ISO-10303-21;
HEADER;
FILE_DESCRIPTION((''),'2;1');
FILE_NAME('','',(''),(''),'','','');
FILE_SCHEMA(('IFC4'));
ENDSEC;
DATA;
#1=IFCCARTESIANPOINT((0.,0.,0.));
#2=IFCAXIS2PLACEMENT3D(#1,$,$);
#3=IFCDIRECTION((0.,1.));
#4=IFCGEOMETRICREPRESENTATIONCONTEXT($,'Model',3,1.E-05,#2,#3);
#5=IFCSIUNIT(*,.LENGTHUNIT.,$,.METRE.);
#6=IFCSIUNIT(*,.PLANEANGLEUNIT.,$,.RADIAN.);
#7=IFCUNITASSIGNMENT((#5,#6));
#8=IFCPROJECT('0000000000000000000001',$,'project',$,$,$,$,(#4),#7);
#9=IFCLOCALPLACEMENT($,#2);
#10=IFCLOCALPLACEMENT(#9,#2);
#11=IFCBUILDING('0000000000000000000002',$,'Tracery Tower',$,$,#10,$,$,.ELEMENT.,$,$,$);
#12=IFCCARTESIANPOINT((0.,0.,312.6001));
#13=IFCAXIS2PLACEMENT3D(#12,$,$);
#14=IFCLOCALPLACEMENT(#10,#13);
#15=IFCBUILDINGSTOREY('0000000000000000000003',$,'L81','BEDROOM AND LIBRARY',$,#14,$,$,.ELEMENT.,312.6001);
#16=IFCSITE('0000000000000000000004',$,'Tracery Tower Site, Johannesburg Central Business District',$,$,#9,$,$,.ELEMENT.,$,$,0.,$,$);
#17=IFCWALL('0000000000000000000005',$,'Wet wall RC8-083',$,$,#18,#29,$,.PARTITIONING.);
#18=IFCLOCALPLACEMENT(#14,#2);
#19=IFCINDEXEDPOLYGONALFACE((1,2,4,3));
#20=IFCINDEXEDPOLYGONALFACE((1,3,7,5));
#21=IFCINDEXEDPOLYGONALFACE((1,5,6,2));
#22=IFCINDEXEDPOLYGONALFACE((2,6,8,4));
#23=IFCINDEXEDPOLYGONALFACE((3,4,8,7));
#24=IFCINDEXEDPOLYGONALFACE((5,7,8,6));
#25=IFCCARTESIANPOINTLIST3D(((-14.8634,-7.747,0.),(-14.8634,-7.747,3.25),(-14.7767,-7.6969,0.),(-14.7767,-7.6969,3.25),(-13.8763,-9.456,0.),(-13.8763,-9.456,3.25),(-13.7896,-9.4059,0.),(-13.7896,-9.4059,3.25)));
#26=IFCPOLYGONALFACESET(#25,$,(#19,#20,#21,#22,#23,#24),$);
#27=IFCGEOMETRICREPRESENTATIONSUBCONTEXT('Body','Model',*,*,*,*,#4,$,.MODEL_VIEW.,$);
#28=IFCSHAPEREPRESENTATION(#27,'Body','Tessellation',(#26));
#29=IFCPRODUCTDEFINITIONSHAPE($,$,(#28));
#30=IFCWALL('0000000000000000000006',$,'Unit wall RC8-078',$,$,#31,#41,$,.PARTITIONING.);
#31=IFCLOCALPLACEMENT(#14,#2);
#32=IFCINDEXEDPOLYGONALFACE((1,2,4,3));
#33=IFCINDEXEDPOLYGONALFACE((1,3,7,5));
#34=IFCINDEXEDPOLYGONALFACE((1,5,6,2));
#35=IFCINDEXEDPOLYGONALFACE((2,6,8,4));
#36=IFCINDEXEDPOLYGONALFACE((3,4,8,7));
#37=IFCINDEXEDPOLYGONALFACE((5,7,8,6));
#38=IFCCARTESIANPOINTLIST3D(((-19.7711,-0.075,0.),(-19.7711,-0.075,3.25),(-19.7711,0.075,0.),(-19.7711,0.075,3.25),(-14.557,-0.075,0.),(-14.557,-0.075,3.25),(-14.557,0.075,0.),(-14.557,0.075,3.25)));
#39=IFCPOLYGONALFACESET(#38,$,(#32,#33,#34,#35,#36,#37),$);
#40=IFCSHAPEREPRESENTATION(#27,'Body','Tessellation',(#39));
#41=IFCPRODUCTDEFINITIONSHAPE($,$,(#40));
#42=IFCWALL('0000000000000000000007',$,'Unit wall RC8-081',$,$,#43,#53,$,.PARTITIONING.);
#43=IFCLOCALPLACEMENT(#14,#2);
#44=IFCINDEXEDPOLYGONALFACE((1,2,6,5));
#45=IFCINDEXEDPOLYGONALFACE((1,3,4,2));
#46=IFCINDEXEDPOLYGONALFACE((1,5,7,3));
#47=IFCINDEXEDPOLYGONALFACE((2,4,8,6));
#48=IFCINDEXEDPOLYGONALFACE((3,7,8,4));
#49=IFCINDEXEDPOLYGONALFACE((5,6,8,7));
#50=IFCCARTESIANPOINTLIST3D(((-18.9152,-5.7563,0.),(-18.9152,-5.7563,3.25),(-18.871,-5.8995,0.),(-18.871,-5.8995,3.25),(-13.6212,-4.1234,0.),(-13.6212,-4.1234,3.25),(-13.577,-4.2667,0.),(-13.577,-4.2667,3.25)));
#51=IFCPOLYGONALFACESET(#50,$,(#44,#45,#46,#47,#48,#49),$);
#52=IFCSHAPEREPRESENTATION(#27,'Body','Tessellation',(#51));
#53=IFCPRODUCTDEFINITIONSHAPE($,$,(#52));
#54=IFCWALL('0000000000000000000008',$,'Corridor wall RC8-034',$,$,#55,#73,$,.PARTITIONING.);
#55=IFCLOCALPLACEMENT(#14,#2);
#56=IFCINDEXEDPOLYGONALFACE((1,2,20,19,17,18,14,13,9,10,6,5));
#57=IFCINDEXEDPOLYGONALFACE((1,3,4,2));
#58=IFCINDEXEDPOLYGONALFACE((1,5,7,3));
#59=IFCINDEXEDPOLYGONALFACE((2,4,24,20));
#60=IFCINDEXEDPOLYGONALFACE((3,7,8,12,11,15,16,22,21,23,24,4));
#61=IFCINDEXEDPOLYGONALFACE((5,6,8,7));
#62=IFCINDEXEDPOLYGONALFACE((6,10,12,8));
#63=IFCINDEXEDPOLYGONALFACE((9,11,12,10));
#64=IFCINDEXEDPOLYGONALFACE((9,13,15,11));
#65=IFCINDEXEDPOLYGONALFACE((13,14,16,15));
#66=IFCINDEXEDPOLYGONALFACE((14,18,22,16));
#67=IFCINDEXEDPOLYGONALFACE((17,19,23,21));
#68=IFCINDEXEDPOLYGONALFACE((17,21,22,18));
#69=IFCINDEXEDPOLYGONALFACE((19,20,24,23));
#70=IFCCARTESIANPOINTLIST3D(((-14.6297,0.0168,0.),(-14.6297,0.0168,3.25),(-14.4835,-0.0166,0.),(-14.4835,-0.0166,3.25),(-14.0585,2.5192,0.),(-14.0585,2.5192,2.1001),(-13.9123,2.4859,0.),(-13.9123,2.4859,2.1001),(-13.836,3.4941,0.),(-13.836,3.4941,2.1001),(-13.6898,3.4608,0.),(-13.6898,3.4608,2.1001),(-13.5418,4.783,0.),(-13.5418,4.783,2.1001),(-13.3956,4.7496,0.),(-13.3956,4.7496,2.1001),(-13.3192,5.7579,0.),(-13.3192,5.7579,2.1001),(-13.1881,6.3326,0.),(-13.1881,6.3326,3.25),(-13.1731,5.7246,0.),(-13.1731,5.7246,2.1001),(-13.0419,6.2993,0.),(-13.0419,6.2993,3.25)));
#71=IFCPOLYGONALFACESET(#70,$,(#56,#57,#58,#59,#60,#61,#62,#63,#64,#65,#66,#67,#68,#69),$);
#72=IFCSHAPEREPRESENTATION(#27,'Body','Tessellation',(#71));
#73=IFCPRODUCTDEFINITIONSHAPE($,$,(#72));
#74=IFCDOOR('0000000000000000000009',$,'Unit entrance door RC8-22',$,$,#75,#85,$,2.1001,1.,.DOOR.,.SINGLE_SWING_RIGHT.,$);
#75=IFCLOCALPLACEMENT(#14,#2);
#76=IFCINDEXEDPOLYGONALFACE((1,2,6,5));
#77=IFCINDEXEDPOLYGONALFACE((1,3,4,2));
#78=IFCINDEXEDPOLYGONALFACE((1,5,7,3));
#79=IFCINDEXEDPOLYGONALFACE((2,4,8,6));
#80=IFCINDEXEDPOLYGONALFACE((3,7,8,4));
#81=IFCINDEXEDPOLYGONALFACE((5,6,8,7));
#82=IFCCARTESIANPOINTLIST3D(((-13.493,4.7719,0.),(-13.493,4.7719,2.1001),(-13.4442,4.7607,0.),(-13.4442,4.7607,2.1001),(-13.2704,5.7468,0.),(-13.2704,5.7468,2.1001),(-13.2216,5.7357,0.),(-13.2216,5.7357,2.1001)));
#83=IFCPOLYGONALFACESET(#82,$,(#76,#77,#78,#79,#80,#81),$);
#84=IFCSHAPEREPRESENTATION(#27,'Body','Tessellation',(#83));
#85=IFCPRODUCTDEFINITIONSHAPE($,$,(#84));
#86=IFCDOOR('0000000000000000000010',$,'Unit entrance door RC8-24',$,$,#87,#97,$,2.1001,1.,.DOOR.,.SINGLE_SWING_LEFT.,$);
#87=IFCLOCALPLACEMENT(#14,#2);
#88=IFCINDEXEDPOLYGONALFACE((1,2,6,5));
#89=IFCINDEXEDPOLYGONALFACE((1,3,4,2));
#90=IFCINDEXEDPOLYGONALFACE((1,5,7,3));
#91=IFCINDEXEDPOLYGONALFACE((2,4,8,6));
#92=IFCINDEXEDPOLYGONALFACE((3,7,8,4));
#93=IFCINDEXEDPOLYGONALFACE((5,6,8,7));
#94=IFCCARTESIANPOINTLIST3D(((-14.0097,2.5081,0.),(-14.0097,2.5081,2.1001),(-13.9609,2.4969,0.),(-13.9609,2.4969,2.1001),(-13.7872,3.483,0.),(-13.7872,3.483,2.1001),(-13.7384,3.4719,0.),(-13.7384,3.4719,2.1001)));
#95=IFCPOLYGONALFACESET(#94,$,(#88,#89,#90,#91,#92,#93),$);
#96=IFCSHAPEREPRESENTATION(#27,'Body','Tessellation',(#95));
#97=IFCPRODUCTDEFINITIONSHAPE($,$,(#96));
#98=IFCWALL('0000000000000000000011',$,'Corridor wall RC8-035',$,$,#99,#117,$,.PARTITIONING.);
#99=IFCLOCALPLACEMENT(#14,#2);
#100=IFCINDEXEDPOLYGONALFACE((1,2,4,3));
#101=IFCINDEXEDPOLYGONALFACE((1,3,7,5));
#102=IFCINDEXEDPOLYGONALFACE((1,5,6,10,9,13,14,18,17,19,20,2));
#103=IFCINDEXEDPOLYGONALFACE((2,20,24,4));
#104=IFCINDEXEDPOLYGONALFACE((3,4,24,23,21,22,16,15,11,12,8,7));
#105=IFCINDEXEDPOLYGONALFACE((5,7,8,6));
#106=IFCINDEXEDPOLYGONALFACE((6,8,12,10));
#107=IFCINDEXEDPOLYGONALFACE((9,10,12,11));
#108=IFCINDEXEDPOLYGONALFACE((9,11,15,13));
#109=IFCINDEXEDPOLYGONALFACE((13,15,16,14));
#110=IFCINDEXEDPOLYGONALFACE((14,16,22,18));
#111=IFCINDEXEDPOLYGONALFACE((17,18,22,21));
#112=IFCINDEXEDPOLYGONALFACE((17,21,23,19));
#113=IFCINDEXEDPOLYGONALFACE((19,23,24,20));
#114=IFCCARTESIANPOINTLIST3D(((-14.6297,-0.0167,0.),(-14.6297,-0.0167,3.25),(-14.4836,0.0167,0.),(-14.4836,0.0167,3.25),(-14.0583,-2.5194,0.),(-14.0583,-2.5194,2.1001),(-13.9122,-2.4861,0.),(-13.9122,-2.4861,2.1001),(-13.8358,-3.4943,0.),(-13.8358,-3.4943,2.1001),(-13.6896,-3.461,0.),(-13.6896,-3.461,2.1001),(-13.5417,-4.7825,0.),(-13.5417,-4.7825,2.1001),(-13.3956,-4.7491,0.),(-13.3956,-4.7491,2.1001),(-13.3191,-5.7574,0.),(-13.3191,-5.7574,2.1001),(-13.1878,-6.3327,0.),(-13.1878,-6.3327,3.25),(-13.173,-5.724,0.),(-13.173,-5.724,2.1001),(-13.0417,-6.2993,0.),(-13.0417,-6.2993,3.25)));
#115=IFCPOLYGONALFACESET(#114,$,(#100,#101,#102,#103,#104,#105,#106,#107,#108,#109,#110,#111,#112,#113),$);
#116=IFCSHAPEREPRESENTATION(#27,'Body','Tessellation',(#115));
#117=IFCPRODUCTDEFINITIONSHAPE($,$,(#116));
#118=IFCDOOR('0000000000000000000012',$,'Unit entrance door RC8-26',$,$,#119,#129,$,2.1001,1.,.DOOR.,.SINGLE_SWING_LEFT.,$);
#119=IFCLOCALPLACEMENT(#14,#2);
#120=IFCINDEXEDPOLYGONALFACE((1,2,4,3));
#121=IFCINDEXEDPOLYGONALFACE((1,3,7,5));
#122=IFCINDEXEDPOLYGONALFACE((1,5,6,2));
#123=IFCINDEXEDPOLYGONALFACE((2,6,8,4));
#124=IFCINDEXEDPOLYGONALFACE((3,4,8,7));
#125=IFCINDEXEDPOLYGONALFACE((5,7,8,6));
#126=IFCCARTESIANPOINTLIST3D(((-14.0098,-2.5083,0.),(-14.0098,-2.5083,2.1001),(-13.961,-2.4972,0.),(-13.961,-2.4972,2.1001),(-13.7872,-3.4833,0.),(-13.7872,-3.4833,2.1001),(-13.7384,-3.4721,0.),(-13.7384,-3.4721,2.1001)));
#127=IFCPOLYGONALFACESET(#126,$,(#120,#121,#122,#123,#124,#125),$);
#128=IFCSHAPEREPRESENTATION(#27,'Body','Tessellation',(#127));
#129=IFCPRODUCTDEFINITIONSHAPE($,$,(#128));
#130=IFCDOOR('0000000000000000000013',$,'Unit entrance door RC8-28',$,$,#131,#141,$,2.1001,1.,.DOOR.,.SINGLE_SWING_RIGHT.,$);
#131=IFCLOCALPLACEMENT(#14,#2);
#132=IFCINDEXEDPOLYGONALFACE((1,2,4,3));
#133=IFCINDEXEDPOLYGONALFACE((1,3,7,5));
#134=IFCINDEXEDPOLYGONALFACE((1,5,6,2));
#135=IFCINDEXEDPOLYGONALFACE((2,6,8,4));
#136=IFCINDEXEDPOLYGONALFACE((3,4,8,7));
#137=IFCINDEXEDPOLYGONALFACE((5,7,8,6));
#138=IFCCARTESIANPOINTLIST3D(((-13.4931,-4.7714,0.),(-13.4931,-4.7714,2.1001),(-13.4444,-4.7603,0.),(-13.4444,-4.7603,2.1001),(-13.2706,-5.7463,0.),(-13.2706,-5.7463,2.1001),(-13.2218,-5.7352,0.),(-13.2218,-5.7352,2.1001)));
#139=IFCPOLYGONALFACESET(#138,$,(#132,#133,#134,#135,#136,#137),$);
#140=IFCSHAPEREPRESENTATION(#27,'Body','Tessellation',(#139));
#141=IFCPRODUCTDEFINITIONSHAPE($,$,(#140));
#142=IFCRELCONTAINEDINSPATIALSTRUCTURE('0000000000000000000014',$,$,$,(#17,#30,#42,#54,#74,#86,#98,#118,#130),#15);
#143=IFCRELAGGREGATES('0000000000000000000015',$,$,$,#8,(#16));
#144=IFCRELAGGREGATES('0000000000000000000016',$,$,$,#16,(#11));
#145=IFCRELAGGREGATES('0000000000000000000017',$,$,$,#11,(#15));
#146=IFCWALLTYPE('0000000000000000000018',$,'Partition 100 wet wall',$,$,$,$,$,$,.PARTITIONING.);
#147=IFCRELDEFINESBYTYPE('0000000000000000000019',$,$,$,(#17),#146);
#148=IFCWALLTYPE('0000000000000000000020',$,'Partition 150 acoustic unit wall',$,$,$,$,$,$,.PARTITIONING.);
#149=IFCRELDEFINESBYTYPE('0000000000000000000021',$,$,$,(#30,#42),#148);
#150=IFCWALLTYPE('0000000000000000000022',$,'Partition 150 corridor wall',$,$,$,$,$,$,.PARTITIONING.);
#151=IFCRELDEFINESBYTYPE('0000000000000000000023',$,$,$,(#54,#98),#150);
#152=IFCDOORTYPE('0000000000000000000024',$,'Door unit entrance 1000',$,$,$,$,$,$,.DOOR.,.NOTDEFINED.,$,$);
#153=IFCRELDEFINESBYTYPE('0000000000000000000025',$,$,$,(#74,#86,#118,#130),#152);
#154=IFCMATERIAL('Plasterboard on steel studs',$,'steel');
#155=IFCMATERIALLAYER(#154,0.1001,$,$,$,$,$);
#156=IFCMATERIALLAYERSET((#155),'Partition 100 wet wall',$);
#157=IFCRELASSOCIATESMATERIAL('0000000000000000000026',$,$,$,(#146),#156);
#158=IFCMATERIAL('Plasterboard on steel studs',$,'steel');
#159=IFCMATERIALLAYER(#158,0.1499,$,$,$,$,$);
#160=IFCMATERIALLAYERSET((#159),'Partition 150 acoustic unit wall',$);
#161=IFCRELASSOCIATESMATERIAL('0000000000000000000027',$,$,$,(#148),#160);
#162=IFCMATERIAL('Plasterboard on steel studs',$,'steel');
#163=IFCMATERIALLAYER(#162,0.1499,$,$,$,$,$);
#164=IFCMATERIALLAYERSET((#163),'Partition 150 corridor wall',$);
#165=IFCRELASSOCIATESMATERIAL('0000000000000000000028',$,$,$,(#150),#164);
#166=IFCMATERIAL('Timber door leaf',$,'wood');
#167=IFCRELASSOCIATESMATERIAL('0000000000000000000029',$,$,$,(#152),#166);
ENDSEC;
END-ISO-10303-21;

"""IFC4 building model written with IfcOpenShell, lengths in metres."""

from ifc_helpers import new_model, si_unit, direction, frame, frame_2d, origin, place, context, subcontext, project, spatial, rectangle, extrude, material, layer, layer_set, type_object, element, fill, save


model = new_model("IFC4")

# Units and contexts
model_context = context("Model", 3, precision=1e-05, world=origin(), true_north=direction((0.0, 1.0)))
body_context = subcontext(model_context, "Body", "Model", "MODEL_VIEW")
ifc_project = project(units=[si_unit("LENGTHUNIT", "METRE"), si_unit("PLANEANGLEUNIT", "RADIAN")], contexts=[model_context])

# Site, building, storey
site_placement = place(None, origin())
site = spatial("IfcSite", under=ifc_project, at=site_placement, Name="Tracery Tower Site, Johannesburg Central Business District", CompositionType="ELEMENT", RefElevation=0.0)
building_placement = place(site_placement, origin())
building = spatial("IfcBuilding", under=site, at=building_placement, Name="Tracery Tower", CompositionType="ELEMENT")
storey_placement = place(building_placement, frame((0.0, 0.0, 312.6001)))
storey = spatial("IfcBuildingStorey", under=building, at=storey_placement, Name="L81", Description="BEDROOM AND LIBRARY", CompositionType="ELEMENT", Elevation=312.6001)

# Shared definitions
ifc_material_1 = material(Name="Plasterboard on steel studs", Category="steel")
ifc_layer_1 = layer(ifc_material_1, 0.1001)
ifc_layer_set_1 = layer_set([ifc_layer_1], Name="Partition 100 wet wall")
wall_type_1 = type_object("IfcWallType", Name="Partition 100 wet wall", PredefinedType="PARTITIONING", material=ifc_layer_set_1)

# Walls
wall_1_placement = place(storey_placement, frame((-14.8201, -7.7219, 0.0), z_axis=(0.0, 0.0, 1.0), x_axis=(0.500144, -0.865942, 0.0)))
element("IfcWall", 1, at=wall_1_placement, inside=storey, type_object=wall_type_1, Name="Wet wall RC8-083", PredefinedType="PARTITIONING", context=body_context, shape_type="SweptSolid", body=[
    extrude(rectangle(XDim=1.9736, YDim=0.1001, at=frame_2d((0.9868, 0.0))), origin(), (0.0, 0.0, 1.0), 3.25),
])
ifc_material_2 = material(Name="Plasterboard on steel studs", Category="steel")
ifc_layer_2 = layer(ifc_material_2, 0.1499)
ifc_layer_set_2 = layer_set([ifc_layer_2], Name="Partition 150 acoustic unit wall")
wall_type_2 = type_object("IfcWallType", Name="Partition 150 acoustic unit wall", PredefinedType="PARTITIONING", material=ifc_layer_set_2)
wall_2_placement = place(storey_placement, frame((-19.771, 0.0, 0.0), z_axis=(0.0, 0.0, 1.0), x_axis=(1.0, 0.0, 0.0)))
element("IfcWall", 2, at=wall_2_placement, inside=storey, type_object=wall_type_2, Name="Unit wall RC8-078", PredefinedType="PARTITIONING", context=body_context, shape_type="SweptSolid", body=[
    extrude(rectangle(XDim=5.2141, YDim=0.1499, at=frame_2d((2.6069, 0.0))), origin(), (0.0, 0.0, 1.0), 3.25),
])
wall_3_placement = place(storey_placement, frame((-18.8931, -5.8279, 0.0), z_axis=(0.0, 0.0, 1.0), x_axis=(0.955581, 0.29473, 0.0)))
element("IfcWall", 3, at=wall_3_placement, inside=storey, type_object=wall_type_2, Name="Unit wall RC8-081", PredefinedType="PARTITIONING", context=body_context, shape_type="SweptSolid", body=[
    extrude(rectangle(XDim=5.54, YDim=0.1499, at=frame_2d((2.77, 0.0))), origin(), (0.0, 0.0, 1.0), 3.25),
])

# Walls, openings, doors
ifc_material_3 = material(Name="Plasterboard on steel studs", Category="steel")
ifc_layer_3 = layer(ifc_material_3, 0.1499)
ifc_layer_set_3 = layer_set([ifc_layer_3], Name="Partition 150 corridor wall")
wall_type_3 = type_object("IfcWallType", Name="Partition 150 corridor wall", PredefinedType="PARTITIONING", material=ifc_layer_set_3)
wall_4_placement = place(storey_placement, frame((-14.5566, 0.0, 0.0), z_axis=(0.0, 0.0, 1.0), x_axis=(0.222533, 0.974925, 0.0)))
wall_4 = element("IfcWall", 4, at=wall_4_placement, inside=storey, type_object=wall_type_3, Name="Corridor wall RC8-034", PredefinedType="PARTITIONING", context=body_context, shape_type="SweptSolid", body=[
    extrude(rectangle(XDim=6.4783, YDim=0.1499, at=frame_2d((3.2393, 0.0))), origin(), (0.0, 0.0, 1.0), 3.25),
])
opening_1_placement = place(wall_4_placement, frame((4.8889, 0.0, 0.0)))
opening_1 = element("IfcOpeningElement", 5, at=opening_1_placement, cuts=wall_4, PredefinedType="OPENING", context=body_context, shape_type="SweptSolid", body=[
    extrude(rectangle(XDim=1.0, YDim=2.1001, at=frame_2d((0.5, 1.05))), frame((0.0, 0.075, 0.0), z_axis=(0.0, -1.0, 0.0), x_axis=(1.0, 0.0, 0.0)), (0.0, 0.0, 1.0), 0.1499),
])
opening_2_placement = place(wall_4_placement, frame((2.5669, 0.0, 0.0)))
opening_2 = element("IfcOpeningElement", 6, at=opening_2_placement, cuts=wall_4, PredefinedType="OPENING", context=body_context, shape_type="SweptSolid", body=[
    extrude(rectangle(XDim=1.0, YDim=2.1001, at=frame_2d((0.5, 1.05))), frame((0.0, 0.075, 0.0), z_axis=(0.0, -1.0, 0.0), x_axis=(1.0, 0.0, 0.0)), (0.0, 0.0, 1.0), 0.1499),
])
ifc_material_4 = material(Name="Timber door leaf", Category="wood")
door_type_1 = type_object("IfcDoorType", Name="Door unit entrance 1000", OperationType="NOTDEFINED", PredefinedType="DOOR", material=ifc_material_4)
door_1_placement = place(opening_1_placement, origin())
door_1 = element("IfcDoor", 7, at=door_1_placement, inside=storey, type_object=door_type_1, Name="Unit entrance door RC8-22", OperationType="SINGLE_SWING_RIGHT", OverallHeight=2.1001, OverallWidth=1.0, PredefinedType="DOOR", context=body_context, shape_type="SweptSolid", body=[
    extrude(rectangle(XDim=1.0, YDim=2.1001, at=frame_2d((0.5, 1.05))), frame((0.0, 0.0249, 0.0), z_axis=(0.0, -1.0, 0.0), x_axis=(1.0, 0.0, 0.0)), (0.0, 0.0, 1.0), 0.05),
])
fill(opening_1, door_1)
door_2_placement = place(opening_2_placement, origin())
door_2 = element("IfcDoor", 8, at=door_2_placement, inside=storey, type_object=door_type_1, Name="Unit entrance door RC8-24", OperationType="SINGLE_SWING_LEFT", OverallHeight=2.1001, OverallWidth=1.0, PredefinedType="DOOR", context=body_context, shape_type="SweptSolid", body=[
    extrude(rectangle(XDim=1.0, YDim=2.1001, at=frame_2d((0.5, 1.05))), frame((0.0, 0.0249, 0.0), z_axis=(0.0, -1.0, 0.0), x_axis=(1.0, 0.0, 0.0)), (0.0, 0.0, 1.0), 0.05),
])
fill(opening_2, door_2)
wall_5_placement = place(storey_placement, frame((-14.5566, 0.0, 0.0), z_axis=(0.0, 0.0, 1.0), x_axis=(0.222569, -0.974917, 0.0)))
wall_5 = element("IfcWall", 9, at=wall_5_placement, inside=storey, type_object=wall_type_3, Name="Corridor wall RC8-035", PredefinedType="PARTITIONING", context=body_context, shape_type="SweptSolid", body=[
    extrude(rectangle(XDim=6.4785, YDim=0.1499, at=frame_2d((3.2393, 0.0))), origin(), (0.0, 0.0, 1.0), 3.25),
])
opening_3_placement = place(wall_5_placement, frame((2.5671, 0.0, 0.0)))
opening_3 = element("IfcOpeningElement", 10, at=opening_3_placement, cuts=wall_5, PredefinedType="OPENING", context=body_context, shape_type="SweptSolid", body=[
    extrude(rectangle(XDim=1.0, YDim=2.1001, at=frame_2d((0.5, 1.05))), frame((0.0, 0.075, 0.0), z_axis=(0.0, -1.0, 0.0), x_axis=(1.0, 0.0, 0.0)), (0.0, 0.0, 1.0), 0.1499),
])
opening_4_placement = place(wall_5_placement, frame((4.8884, 0.0, 0.0)))
opening_4 = element("IfcOpeningElement", 11, at=opening_4_placement, cuts=wall_5, PredefinedType="OPENING", context=body_context, shape_type="SweptSolid", body=[
    extrude(rectangle(XDim=1.0, YDim=2.1001, at=frame_2d((0.5, 1.05))), frame((0.0, 0.075, 0.0), z_axis=(0.0, -1.0, 0.0), x_axis=(1.0, 0.0, 0.0)), (0.0, 0.0, 1.0), 0.1499),
])
door_3_placement = place(opening_3_placement, origin())
door_3 = element("IfcDoor", 12, at=door_3_placement, inside=storey, type_object=door_type_1, Name="Unit entrance door RC8-26", OperationType="SINGLE_SWING_LEFT", OverallHeight=2.1001, OverallWidth=1.0, PredefinedType="DOOR", context=body_context, shape_type="SweptSolid", body=[
    extrude(rectangle(XDim=1.0, YDim=2.1001, at=frame_2d((0.5, 1.05))), frame((0.0, 0.0249, 0.0), z_axis=(0.0, -1.0, 0.0), x_axis=(1.0, 0.0, 0.0)), (0.0, 0.0, 1.0), 0.05),
])
fill(opening_3, door_3)
door_4_placement = place(opening_4_placement, origin())
door_4 = element("IfcDoor", 13, at=door_4_placement, inside=storey, type_object=door_type_1, Name="Unit entrance door RC8-28", OperationType="SINGLE_SWING_RIGHT", OverallHeight=2.1001, OverallWidth=1.0, PredefinedType="DOOR", context=body_context, shape_type="SweptSolid", body=[
    extrude(rectangle(XDim=1.0, YDim=2.1001, at=frame_2d((0.5, 1.05))), frame((0.0, 0.0249, 0.0), z_axis=(0.0, -1.0, 0.0), x_axis=(1.0, 0.0, 0.0)), (0.0, 0.0, 1.0), 0.05),
])
fill(opening_4, door_4)

save(model, "model.ifc")
